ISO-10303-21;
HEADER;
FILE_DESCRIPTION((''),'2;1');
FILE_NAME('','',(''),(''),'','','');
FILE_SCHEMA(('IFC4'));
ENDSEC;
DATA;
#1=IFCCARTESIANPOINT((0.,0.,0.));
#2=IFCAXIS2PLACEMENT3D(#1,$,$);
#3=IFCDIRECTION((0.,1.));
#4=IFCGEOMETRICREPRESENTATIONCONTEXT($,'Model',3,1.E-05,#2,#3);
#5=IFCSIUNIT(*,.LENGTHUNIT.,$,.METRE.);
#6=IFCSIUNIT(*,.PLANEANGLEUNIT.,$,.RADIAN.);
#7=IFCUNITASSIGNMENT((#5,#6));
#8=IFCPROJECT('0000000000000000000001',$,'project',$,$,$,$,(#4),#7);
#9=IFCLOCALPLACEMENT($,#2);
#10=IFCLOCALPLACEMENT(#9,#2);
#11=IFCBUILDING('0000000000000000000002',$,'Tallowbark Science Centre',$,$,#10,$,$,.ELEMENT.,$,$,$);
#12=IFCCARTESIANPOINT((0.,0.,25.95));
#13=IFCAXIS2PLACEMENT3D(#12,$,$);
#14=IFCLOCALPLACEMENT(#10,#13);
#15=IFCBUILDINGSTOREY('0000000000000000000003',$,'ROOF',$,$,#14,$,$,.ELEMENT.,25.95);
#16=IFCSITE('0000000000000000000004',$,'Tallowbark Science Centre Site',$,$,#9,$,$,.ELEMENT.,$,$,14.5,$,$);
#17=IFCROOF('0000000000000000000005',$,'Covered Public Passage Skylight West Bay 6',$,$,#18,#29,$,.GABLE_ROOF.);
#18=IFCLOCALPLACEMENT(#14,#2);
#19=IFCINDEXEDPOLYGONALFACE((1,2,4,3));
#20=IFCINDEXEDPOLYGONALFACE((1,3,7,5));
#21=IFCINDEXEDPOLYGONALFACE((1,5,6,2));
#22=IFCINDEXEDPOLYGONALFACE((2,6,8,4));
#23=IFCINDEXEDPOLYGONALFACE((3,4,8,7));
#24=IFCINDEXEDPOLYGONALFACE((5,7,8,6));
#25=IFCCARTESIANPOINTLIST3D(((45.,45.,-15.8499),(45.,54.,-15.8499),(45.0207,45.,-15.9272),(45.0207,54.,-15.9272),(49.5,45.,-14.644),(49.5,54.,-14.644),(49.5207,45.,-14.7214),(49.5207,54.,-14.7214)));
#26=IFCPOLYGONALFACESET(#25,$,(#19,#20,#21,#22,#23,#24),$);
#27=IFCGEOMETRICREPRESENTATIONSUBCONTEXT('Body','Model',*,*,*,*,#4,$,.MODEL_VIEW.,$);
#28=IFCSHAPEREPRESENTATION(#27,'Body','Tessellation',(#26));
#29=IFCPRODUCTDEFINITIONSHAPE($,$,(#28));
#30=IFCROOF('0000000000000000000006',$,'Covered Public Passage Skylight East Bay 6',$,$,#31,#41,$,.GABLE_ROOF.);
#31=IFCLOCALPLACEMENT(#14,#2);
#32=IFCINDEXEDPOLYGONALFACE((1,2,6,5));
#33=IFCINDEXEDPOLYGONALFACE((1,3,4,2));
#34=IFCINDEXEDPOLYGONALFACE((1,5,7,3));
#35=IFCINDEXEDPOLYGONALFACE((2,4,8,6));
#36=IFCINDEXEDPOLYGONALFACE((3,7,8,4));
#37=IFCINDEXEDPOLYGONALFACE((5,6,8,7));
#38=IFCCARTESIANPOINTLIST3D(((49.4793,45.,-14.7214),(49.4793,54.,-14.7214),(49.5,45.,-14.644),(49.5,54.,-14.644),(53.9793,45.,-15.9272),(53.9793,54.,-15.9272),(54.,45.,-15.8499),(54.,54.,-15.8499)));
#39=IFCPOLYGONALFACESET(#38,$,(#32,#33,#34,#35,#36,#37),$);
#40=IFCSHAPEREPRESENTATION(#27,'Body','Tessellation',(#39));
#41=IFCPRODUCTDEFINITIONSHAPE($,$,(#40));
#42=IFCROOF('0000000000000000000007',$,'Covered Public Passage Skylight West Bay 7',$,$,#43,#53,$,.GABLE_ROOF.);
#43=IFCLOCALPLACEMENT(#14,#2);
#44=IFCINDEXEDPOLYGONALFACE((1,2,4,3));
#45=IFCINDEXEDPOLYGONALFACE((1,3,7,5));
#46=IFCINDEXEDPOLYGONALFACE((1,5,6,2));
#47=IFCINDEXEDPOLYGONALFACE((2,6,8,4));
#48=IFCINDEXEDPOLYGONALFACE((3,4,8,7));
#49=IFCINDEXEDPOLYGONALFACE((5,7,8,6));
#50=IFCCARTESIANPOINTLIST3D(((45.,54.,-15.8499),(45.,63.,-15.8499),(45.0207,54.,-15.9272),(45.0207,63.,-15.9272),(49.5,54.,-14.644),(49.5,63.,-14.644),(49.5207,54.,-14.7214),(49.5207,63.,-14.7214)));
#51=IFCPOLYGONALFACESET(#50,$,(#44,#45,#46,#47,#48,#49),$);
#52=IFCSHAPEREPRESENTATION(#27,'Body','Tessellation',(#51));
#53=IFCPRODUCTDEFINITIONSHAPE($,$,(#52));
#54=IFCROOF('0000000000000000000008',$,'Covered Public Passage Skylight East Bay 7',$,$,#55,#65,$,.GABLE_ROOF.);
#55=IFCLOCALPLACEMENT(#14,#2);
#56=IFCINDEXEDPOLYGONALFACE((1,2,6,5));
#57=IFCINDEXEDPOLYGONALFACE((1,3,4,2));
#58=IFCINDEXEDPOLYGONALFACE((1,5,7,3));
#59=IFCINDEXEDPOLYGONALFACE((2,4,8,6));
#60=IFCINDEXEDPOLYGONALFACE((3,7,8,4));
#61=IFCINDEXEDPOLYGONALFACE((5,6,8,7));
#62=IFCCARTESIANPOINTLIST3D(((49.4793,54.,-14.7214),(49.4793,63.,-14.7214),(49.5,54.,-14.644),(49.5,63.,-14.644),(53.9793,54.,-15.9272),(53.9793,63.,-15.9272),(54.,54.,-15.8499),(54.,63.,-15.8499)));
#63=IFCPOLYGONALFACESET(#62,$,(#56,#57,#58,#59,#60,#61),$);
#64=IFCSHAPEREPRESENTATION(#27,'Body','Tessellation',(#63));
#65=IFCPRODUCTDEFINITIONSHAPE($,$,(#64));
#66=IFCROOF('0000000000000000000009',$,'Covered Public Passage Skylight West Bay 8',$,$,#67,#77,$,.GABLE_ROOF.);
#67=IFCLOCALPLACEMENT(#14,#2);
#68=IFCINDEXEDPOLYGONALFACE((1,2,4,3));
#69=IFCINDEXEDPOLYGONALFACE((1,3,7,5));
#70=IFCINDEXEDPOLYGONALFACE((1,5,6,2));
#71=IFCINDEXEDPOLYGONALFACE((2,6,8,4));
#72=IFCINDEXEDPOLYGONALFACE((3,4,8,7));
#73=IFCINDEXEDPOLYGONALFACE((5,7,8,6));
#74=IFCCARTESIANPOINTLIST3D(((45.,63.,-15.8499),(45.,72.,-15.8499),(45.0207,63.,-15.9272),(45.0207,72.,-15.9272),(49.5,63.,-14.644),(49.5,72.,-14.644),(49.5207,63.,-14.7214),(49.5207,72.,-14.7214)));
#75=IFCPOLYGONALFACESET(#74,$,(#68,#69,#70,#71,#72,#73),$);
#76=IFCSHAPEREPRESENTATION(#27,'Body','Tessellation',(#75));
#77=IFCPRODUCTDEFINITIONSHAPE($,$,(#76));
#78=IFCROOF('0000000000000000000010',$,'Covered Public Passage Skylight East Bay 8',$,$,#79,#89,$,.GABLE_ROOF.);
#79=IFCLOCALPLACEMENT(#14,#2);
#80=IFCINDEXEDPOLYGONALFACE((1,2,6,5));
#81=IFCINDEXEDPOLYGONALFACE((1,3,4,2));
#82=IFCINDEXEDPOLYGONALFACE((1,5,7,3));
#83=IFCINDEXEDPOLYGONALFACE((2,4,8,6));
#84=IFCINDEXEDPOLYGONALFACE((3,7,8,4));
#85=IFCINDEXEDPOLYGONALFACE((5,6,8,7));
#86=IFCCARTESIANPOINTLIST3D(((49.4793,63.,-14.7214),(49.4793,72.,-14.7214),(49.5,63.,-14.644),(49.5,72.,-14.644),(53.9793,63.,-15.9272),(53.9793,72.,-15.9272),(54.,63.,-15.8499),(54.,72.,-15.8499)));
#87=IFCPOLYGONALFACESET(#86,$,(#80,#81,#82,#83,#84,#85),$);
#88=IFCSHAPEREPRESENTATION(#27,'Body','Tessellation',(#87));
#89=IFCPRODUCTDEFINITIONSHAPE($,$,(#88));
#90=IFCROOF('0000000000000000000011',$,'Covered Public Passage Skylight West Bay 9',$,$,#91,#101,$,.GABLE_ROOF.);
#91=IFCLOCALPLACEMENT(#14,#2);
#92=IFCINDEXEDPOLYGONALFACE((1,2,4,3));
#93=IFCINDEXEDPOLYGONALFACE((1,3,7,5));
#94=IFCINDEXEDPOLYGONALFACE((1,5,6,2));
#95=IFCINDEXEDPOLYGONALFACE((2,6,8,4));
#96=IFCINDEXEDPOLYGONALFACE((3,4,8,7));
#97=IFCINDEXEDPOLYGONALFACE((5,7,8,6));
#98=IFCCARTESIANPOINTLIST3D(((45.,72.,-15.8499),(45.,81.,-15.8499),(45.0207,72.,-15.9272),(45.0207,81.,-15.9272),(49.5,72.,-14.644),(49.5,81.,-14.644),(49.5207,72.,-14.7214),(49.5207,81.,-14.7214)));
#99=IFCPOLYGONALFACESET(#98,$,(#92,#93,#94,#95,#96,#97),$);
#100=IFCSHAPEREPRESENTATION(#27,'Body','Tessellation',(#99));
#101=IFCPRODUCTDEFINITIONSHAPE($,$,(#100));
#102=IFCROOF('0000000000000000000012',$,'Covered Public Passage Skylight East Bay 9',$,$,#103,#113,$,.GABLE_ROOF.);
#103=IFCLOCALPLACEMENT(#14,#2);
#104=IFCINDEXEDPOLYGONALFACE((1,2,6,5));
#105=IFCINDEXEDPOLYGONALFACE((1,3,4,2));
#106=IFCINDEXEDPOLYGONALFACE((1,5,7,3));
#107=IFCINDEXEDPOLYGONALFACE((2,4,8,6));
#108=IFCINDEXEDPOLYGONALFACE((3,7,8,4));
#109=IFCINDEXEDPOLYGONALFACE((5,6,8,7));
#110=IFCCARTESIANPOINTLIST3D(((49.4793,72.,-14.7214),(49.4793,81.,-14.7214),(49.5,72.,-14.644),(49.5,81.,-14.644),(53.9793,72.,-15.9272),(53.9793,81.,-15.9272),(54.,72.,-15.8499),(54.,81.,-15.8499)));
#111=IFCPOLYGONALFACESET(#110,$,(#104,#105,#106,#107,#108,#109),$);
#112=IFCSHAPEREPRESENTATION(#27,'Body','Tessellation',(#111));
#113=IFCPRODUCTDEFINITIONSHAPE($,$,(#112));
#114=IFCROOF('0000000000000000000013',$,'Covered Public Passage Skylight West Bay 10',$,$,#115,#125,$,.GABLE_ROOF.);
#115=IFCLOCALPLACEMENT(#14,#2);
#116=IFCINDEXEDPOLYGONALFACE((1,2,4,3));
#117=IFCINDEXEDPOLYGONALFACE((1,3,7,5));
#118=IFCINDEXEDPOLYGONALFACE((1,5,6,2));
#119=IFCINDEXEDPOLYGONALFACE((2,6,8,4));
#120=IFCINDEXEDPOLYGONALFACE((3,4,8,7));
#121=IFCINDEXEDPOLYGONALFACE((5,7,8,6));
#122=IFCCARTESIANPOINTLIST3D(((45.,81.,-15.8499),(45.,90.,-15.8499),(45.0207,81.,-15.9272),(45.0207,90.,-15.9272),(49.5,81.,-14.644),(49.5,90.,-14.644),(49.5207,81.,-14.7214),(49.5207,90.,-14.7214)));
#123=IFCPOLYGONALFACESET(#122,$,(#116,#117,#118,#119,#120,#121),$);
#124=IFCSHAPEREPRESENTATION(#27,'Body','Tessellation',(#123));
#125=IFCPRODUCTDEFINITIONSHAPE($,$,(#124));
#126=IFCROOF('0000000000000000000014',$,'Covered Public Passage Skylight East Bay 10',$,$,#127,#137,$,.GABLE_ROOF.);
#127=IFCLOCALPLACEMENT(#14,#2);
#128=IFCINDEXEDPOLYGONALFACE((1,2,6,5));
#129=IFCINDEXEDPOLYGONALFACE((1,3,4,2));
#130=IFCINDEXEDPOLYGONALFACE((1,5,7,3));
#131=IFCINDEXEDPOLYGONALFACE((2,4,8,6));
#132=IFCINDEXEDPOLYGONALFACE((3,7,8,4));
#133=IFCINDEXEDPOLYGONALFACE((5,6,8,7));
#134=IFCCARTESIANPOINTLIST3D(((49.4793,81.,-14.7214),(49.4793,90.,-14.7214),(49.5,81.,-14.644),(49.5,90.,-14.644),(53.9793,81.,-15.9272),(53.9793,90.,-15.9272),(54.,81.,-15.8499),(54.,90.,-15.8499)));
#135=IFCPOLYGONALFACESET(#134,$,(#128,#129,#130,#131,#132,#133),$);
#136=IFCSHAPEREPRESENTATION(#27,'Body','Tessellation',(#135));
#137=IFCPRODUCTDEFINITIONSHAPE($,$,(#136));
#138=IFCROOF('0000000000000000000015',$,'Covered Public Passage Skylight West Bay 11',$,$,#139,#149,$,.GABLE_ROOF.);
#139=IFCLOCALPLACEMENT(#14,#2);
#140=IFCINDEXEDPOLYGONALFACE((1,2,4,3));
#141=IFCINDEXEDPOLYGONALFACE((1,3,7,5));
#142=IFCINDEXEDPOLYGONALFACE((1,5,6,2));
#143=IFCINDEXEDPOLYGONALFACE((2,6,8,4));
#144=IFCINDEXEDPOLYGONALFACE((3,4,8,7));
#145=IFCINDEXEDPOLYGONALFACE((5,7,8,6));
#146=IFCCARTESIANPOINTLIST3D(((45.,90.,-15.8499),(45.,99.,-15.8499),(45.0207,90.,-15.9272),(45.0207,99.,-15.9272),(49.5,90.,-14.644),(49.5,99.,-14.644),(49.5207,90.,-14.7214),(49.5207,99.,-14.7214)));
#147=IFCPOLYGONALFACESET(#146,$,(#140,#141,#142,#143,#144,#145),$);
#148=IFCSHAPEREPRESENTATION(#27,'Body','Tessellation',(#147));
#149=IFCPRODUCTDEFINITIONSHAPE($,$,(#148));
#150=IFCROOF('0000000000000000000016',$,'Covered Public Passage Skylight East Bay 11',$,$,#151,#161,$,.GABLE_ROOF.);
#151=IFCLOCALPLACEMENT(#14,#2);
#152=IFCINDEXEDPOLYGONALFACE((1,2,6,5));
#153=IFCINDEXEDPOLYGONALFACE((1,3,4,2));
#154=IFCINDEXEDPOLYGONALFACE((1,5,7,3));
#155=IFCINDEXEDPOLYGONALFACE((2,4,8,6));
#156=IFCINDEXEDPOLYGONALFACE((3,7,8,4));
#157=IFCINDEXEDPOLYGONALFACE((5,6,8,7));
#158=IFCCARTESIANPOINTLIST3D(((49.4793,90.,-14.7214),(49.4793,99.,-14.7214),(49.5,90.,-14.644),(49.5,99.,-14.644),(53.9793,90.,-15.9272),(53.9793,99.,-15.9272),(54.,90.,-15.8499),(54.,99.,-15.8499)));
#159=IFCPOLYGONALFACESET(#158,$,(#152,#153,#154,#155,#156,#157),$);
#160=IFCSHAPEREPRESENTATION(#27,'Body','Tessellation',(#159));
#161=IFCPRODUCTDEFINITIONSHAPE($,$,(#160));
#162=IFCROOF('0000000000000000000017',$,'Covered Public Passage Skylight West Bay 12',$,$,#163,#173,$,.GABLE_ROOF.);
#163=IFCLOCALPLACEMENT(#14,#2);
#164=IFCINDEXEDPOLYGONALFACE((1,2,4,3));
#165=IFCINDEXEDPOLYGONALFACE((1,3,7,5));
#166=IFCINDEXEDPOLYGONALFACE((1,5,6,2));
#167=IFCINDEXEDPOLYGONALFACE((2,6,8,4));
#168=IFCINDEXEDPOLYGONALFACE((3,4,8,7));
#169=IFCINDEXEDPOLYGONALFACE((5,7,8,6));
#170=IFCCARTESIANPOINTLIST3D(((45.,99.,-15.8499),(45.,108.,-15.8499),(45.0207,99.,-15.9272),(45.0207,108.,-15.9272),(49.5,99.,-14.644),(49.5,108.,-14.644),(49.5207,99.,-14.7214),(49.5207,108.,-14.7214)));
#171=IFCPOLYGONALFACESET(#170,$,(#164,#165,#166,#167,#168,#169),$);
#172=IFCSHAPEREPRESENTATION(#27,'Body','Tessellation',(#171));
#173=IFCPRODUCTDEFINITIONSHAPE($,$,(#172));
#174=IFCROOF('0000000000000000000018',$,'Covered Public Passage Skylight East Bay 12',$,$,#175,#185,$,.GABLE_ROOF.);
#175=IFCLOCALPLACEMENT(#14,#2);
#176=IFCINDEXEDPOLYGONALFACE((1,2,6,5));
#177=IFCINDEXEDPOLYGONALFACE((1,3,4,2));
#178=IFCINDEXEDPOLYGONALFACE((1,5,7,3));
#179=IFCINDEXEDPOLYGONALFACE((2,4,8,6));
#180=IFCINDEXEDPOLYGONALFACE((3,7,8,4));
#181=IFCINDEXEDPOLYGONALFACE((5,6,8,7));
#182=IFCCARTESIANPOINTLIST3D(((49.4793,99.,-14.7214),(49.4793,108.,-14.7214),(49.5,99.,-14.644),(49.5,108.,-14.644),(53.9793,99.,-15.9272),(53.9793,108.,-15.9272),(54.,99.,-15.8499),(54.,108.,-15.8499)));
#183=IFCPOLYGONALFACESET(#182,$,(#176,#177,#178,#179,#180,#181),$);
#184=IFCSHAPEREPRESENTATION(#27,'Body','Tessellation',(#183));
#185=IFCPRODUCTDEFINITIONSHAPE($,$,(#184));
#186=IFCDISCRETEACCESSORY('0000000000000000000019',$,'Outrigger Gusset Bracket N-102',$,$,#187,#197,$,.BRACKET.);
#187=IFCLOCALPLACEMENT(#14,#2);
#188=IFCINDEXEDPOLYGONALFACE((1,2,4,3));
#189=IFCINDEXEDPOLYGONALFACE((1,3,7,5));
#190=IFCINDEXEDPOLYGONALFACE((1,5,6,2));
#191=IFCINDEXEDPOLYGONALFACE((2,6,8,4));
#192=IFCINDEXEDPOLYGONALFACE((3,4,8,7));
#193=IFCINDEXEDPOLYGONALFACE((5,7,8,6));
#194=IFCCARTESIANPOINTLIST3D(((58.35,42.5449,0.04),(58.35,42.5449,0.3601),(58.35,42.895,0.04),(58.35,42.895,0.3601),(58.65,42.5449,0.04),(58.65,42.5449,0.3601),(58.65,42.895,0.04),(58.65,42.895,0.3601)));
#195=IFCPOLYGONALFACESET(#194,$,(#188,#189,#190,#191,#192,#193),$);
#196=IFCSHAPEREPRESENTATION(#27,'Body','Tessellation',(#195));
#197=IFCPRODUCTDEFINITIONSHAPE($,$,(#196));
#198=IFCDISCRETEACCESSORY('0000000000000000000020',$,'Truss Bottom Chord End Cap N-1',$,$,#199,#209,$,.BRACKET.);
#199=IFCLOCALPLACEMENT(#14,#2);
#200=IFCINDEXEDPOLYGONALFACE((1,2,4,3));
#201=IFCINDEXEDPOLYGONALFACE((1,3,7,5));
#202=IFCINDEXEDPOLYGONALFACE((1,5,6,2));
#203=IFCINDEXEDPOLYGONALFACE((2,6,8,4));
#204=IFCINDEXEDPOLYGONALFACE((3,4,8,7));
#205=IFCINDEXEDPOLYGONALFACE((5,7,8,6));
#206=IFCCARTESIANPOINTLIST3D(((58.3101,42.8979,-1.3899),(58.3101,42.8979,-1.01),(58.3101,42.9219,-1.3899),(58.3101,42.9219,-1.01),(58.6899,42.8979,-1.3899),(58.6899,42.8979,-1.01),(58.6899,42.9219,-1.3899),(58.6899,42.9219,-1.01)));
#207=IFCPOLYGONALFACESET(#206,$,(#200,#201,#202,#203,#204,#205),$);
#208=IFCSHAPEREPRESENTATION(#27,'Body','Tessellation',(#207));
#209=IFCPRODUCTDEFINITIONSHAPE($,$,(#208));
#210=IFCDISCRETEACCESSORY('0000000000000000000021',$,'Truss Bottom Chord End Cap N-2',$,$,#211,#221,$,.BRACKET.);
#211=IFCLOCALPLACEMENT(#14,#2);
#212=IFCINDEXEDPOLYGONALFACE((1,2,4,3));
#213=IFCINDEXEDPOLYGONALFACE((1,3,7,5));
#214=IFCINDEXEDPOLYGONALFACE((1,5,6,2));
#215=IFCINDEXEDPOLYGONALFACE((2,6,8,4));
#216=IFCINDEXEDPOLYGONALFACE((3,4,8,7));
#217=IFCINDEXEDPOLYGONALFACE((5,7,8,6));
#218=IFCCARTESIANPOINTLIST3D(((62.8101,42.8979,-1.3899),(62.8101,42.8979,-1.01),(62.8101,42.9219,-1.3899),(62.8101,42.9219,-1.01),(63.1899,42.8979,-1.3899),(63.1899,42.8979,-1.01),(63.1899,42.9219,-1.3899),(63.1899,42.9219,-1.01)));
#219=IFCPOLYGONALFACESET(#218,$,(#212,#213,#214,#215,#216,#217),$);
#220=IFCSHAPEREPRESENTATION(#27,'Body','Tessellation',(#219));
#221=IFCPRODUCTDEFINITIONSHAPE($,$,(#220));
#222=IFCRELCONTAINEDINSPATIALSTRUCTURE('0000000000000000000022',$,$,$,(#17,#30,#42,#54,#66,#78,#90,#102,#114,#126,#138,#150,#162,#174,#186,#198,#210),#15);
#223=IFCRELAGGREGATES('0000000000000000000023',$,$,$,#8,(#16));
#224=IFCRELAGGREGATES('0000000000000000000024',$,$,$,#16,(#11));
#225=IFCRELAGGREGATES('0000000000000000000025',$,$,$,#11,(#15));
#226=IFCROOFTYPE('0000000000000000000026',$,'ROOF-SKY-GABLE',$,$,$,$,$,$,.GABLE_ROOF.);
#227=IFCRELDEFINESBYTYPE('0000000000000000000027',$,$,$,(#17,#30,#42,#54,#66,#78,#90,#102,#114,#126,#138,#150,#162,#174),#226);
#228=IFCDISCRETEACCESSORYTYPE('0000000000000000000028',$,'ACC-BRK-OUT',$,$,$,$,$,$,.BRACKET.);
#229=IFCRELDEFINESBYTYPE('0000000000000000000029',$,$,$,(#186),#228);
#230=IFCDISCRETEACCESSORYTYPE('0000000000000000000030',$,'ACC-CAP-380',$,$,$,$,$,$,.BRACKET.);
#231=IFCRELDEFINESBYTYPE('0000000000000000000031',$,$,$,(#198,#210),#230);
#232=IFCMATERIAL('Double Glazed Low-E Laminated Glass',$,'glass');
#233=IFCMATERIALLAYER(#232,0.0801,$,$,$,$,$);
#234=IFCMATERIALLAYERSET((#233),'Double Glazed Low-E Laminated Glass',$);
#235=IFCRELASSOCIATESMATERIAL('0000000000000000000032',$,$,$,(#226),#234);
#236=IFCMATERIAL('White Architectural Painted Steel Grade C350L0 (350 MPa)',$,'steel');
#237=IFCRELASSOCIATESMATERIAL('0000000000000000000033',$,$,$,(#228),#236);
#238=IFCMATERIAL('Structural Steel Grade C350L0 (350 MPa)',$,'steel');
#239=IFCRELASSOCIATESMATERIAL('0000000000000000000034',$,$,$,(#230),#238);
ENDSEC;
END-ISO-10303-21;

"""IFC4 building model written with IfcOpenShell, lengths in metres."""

from ifc_helpers import new_model, si_unit, direction, frame, origin, origin_2d, place, context, subcontext, project, spatial, polyline, rectangle, outline, extrude, material, layer, layer_set, type_object, element, save


model = new_model("IFC4")

# Units and contexts
model_context = context("Model", 3, precision=1e-05, world=origin(), true_north=direction((0.0, 1.0)))
body_context = subcontext(model_context, "Body", "Model", "MODEL_VIEW")
ifc_project = project(units=[si_unit("LENGTHUNIT", "METRE"), si_unit("PLANEANGLEUNIT", "RADIAN")], contexts=[model_context])

# Site, building, storey
site_placement = place(None, origin())
site = spatial("IfcSite", under=ifc_project, at=site_placement, Name="Tallowbark Science Centre Site", CompositionType="ELEMENT", RefElevation=14.5)
building_placement = place(site_placement, origin())
building = spatial("IfcBuilding", under=site, at=building_placement, Name="Tallowbark Science Centre", CompositionType="ELEMENT")
storey_placement = place(building_placement, frame((0.0, 0.0, 25.95)))
storey = spatial("IfcBuildingStorey", under=building, at=storey_placement, Name="ROOF", CompositionType="ELEMENT", Elevation=25.95)

# Shared definitions
ifc_material_1 = material(Name="White Architectural Painted Steel Grade C350L0 (350 MPa)", Category="steel")

# Roofs
ifc_material_2 = material(Name="Double Glazed Low-E Laminated Glass", Category="glass")
ifc_layer_1 = layer(ifc_material_2, 0.0801)
ifc_layer_set_1 = layer_set([ifc_layer_1], Name="Double Glazed Low-E Laminated Glass")
roof_type_1 = type_object("IfcRoofType", Name="ROOF-SKY-GABLE", PredefinedType="GABLE_ROOF", material=ifc_layer_set_1)
for number, where, z_axis, x_axis, name in (
    (1, (45.0, 45.0, -15.8499), (-0.258827, 0.0, 0.965924), (0.965924, 0.0, 0.258827), "Covered Public Passage Skylight West Bay 6"),
    (2, (49.5, 45.0, -14.644), (0.258827, 0.0, 0.965924), (0.965924, 0.0, -0.258827), "Covered Public Passage Skylight East Bay 6"),
    (3, (45.0, 54.0, -15.8499), (-0.258827, 0.0, 0.965924), (0.965924, 0.0, 0.258827), "Covered Public Passage Skylight West Bay 7"),
    (4, (49.5, 54.0, -14.644), (0.258827, 0.0, 0.965924), (0.965924, 0.0, -0.258827), "Covered Public Passage Skylight East Bay 7"),
    (5, (45.0, 63.0, -15.8499), (-0.258827, 0.0, 0.965924), (0.965924, 0.0, 0.258827), "Covered Public Passage Skylight West Bay 8"),
    (6, (49.5, 63.0, -14.644), (0.258827, 0.0, 0.965924), (0.965924, 0.0, -0.258827), "Covered Public Passage Skylight East Bay 8"),
    (7, (45.0, 72.0, -15.8499), (-0.258827, 0.0, 0.965924), (0.965924, 0.0, 0.258827), "Covered Public Passage Skylight West Bay 9"),
    (8, (49.5, 72.0, -14.644), (0.258827, 0.0, 0.965924), (0.965924, 0.0, -0.258827), "Covered Public Passage Skylight East Bay 9"),
    (9, (45.0, 81.0, -15.8499), (-0.258827, 0.0, 0.965924), (0.965924, 0.0, 0.258827), "Covered Public Passage Skylight West Bay 10"),
    (10, (49.5, 81.0, -14.644), (0.258827, 0.0, 0.965924), (0.965924, 0.0, -0.258827), "Covered Public Passage Skylight East Bay 10"),
    (11, (45.0, 90.0, -15.8499), (-0.258827, 0.0, 0.965924), (0.965924, 0.0, 0.258827), "Covered Public Passage Skylight West Bay 11"),
    (12, (49.5, 90.0, -14.644), (0.258827, 0.0, 0.965924), (0.965924, 0.0, -0.258827), "Covered Public Passage Skylight East Bay 11"),
    (13, (45.0, 99.0, -15.8499), (-0.258827, 0.0, 0.965924), (0.965924, 0.0, 0.258827), "Covered Public Passage Skylight West Bay 12"),
    (14, (49.5, 99.0, -14.644), (0.258827, 0.0, 0.965924), (0.965924, 0.0, -0.258827), "Covered Public Passage Skylight East Bay 12"),
):
    element("IfcRoof", number, at=place(storey_placement, frame(where, z_axis=z_axis, x_axis=x_axis)), inside=storey, type_object=roof_type_1, Name=name, PredefinedType="GABLE_ROOF", context=body_context, shape_type="SweptSolid", body=[
        extrude(outline(polyline([(0.0, 0.0), (4.6588, 0.0), (4.6588, 9.0), (0.0, 9.0), (0.0, 0.0)])), origin(), (0.0, 0.0, -1.0), 0.0801),
    ])

# Discrete accessories
discrete_accessory_type_1 = type_object("IfcDiscreteAccessoryType", Name="ACC-BRK-OUT", PredefinedType="BRACKET", material=ifc_material_1)
discrete_accessory_placement = place(storey_placement, frame((58.5, 42.72, 0.04), z_axis=(0.0, 0.0, 1.0), x_axis=(1.0, 0.0, 0.0)))
element("IfcDiscreteAccessory", 15, at=discrete_accessory_placement, inside=storey, type_object=discrete_accessory_type_1, Name="Outrigger Gusset Bracket N-102", PredefinedType="BRACKET", context=body_context, shape_type="SweptSolid", body=[
    extrude(rectangle(XDim=0.3, YDim=0.3501, at=origin_2d()), origin(), (0.0, 0.0, 1.0), 0.3201),
])
ifc_material_3 = material(Name="Structural Steel Grade C350L0 (350 MPa)", Category="steel")
discrete_accessory_type_2 = type_object("IfcDiscreteAccessoryType", Name="ACC-CAP-380", PredefinedType="BRACKET", material=ifc_material_3)
for number, where, z_axis, x_axis, name in (
    (16, (58.5, 42.9099, -1.3899), (0.0, 0.0, 1.0), (1.0, 0.0, 0.0), "Truss Bottom Chord End Cap N-1"),
    (17, (63.0, 42.9099, -1.3899), (0.0, 0.0, 1.0), (1.0, 0.0, 0.0), "Truss Bottom Chord End Cap N-2"),
):
    element("IfcDiscreteAccessory", number, at=place(storey_placement, frame(where, z_axis=z_axis, x_axis=x_axis)), inside=storey, type_object=discrete_accessory_type_2, Name=name, PredefinedType="BRACKET", context=body_context, shape_type="SweptSolid", body=[
        extrude(rectangle(XDim=0.3799, YDim=0.0239, at=origin_2d()), origin(), (0.0, 0.0, 1.0), 0.3799),
    ])

save(model, "model.ifc")
